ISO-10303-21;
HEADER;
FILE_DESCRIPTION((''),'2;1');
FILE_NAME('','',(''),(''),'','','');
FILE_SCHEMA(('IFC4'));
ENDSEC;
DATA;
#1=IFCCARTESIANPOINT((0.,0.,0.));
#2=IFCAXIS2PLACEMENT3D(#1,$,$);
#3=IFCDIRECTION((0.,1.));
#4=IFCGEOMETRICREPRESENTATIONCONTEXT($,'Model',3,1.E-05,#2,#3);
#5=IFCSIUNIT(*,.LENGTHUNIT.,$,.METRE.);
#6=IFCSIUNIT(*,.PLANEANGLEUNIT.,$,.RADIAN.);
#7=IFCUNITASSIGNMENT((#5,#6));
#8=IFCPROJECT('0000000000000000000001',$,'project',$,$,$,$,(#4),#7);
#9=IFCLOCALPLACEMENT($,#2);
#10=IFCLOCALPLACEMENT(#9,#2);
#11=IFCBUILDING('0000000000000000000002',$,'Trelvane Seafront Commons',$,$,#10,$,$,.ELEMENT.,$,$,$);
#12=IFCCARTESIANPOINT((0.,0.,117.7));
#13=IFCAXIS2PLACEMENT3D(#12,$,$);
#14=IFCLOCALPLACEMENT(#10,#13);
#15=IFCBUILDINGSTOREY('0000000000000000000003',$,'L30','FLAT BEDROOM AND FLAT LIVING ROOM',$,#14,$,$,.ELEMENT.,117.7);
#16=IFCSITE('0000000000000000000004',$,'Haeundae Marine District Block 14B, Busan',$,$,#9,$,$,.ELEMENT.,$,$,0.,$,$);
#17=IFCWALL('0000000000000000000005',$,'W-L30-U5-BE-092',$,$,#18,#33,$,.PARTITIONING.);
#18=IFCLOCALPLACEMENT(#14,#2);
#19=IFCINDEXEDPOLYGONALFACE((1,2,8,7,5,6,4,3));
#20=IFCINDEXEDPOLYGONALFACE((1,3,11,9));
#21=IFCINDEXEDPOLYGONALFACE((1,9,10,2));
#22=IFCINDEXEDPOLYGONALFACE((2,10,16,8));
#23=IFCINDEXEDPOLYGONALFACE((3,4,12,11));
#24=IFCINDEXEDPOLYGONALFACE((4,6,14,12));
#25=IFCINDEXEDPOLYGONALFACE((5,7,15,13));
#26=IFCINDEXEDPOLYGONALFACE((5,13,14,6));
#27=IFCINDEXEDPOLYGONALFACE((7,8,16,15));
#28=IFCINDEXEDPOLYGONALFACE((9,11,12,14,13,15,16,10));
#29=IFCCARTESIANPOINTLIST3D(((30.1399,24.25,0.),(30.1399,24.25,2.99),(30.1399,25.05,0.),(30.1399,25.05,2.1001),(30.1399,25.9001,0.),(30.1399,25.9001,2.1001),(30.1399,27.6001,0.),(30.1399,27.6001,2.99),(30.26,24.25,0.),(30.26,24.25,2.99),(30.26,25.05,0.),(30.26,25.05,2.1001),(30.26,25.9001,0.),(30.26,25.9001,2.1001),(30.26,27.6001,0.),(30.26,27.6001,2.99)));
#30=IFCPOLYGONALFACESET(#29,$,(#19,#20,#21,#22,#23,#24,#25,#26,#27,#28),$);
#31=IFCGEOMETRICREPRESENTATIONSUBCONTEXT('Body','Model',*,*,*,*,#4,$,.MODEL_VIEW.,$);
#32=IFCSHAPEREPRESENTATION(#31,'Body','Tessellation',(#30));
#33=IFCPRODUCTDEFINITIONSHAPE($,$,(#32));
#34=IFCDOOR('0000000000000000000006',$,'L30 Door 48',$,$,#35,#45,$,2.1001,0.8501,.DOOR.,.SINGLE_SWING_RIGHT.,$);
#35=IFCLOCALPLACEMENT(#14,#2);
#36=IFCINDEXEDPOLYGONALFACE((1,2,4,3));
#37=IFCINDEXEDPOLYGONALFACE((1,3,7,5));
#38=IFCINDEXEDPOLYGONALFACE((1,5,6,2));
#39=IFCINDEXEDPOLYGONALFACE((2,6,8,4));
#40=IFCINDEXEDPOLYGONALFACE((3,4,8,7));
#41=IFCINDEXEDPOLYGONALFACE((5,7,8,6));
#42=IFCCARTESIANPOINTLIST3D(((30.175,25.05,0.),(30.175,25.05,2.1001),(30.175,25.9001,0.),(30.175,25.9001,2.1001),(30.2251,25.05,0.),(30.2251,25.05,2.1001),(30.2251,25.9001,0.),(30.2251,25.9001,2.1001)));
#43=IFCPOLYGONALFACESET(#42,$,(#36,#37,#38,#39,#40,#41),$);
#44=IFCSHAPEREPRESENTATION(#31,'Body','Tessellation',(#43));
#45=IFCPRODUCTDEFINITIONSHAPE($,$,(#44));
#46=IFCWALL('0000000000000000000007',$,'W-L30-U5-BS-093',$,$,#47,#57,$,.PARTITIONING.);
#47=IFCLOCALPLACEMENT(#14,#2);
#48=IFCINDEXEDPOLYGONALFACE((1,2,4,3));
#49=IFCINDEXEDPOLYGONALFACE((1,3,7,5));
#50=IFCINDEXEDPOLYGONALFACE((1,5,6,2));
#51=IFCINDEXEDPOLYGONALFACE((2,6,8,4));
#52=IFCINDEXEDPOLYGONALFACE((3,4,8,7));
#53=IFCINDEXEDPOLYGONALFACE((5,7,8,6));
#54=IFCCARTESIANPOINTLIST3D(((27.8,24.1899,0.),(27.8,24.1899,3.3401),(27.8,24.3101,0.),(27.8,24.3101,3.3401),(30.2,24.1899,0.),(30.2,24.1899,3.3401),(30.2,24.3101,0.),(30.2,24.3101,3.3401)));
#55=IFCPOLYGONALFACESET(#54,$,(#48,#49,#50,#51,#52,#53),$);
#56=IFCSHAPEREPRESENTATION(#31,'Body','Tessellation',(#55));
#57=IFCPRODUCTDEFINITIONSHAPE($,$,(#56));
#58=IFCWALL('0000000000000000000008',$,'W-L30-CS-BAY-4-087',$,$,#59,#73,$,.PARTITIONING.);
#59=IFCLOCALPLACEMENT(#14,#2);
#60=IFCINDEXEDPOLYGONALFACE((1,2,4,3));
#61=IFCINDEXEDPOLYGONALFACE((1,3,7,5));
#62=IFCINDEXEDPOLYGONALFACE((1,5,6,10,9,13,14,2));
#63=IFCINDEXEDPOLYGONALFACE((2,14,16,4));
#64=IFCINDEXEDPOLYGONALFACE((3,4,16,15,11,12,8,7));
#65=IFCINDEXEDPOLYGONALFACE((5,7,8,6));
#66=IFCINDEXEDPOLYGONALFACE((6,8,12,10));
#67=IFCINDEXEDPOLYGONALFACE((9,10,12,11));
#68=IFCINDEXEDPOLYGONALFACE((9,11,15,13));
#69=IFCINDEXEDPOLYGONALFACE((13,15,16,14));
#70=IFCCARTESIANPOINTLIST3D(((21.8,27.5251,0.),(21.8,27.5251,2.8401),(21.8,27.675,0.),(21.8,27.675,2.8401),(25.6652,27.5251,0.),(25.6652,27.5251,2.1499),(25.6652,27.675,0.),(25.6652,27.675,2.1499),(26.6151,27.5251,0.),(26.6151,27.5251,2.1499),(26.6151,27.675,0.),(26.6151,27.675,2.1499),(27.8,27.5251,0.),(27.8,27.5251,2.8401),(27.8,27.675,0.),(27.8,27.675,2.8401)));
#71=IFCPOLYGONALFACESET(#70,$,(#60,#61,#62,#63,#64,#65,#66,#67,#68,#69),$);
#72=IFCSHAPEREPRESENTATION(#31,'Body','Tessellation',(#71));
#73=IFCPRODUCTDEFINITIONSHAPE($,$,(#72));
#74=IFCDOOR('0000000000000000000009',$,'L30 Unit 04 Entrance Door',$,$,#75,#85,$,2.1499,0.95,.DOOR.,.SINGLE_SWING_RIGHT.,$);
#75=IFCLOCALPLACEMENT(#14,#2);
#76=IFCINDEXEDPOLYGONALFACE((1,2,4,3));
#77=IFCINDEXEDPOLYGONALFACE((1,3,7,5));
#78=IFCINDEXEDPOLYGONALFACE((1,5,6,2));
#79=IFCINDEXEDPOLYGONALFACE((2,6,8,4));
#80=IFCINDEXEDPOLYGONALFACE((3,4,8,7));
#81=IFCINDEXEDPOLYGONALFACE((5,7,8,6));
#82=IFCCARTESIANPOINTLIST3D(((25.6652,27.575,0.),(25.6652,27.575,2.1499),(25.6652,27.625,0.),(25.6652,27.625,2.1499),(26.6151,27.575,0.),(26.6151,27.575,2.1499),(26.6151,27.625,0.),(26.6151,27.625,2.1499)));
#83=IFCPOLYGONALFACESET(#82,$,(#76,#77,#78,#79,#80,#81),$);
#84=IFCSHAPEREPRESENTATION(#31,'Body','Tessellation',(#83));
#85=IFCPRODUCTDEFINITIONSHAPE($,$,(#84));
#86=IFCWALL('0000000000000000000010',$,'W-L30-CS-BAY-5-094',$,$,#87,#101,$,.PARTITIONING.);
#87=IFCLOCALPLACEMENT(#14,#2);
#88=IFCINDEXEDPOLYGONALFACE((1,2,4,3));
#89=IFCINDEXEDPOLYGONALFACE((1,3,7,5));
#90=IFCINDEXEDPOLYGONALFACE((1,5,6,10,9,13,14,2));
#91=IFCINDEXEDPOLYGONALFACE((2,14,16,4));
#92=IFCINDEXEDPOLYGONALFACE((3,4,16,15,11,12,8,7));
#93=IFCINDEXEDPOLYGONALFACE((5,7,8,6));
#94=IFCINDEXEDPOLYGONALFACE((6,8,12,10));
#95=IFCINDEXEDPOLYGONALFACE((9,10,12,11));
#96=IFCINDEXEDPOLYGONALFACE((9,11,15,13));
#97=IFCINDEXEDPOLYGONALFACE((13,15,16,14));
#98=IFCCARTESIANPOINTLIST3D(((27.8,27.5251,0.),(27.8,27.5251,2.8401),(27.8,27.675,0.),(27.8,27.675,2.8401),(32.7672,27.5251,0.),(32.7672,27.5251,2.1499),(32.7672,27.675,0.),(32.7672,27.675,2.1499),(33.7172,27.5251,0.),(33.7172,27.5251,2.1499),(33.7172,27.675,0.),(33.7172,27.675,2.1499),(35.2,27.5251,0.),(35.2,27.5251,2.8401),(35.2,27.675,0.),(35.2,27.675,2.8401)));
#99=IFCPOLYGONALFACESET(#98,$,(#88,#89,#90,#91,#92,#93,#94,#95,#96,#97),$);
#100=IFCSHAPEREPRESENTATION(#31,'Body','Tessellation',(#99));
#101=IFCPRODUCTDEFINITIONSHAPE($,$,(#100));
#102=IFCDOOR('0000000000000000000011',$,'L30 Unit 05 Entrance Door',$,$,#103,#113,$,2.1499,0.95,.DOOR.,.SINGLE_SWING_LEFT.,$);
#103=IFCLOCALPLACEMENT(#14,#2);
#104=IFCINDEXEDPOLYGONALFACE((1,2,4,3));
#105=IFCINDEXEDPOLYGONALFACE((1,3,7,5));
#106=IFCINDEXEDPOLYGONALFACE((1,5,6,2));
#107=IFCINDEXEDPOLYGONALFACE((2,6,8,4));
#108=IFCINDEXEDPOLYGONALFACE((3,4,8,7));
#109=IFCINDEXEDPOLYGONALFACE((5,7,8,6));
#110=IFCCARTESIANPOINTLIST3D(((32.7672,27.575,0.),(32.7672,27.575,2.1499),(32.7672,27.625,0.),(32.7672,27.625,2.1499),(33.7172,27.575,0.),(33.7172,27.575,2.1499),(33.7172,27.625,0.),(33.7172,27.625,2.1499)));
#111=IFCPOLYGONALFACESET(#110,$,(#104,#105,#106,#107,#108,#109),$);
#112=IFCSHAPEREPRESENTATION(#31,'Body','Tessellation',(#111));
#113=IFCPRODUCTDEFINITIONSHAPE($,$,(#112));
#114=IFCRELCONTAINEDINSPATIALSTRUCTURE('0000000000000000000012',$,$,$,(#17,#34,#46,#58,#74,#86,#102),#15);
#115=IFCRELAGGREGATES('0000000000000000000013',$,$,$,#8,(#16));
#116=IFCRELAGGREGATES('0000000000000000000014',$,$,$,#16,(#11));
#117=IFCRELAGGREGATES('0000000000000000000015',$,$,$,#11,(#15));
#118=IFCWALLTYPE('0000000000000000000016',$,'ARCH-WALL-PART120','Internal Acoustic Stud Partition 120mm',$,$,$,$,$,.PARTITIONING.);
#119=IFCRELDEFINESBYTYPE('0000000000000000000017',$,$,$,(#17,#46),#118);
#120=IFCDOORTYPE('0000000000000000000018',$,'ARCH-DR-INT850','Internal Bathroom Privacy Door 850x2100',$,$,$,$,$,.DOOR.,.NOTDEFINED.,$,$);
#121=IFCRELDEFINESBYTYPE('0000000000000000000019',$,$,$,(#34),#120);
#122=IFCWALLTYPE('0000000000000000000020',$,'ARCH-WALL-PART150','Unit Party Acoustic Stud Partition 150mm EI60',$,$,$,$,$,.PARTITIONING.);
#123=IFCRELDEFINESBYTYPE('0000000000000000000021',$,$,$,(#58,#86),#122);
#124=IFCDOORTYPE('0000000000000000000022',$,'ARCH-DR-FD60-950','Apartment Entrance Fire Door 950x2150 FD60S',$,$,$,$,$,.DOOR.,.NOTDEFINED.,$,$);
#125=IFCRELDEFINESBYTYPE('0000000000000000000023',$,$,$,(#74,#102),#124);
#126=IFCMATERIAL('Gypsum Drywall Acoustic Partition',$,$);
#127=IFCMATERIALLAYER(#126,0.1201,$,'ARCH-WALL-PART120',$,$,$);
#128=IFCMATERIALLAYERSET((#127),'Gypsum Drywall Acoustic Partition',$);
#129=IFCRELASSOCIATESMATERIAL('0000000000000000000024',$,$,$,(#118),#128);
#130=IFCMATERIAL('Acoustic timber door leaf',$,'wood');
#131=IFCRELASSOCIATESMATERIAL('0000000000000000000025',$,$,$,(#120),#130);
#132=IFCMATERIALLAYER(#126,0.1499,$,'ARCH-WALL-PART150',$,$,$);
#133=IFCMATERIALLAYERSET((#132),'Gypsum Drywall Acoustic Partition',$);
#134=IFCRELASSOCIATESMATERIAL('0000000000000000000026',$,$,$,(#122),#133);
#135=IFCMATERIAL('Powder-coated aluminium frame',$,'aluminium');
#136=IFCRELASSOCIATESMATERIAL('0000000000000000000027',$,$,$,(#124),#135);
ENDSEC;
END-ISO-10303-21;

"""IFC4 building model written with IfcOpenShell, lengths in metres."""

from ifc_helpers import new_model, si_unit, direction, frame, frame_2d, origin, place, context, subcontext, project, spatial, rectangle, extrude, source, transform, mapped, material, layer, layer_set, type_object, element, fill, save


model = new_model("IFC4")

# Units and contexts
model_context = context("Model", 3, precision=1e-05, world=origin(), true_north=direction((0.0, 1.0)))
body_context = subcontext(model_context, "Body", "Model", "MODEL_VIEW")
ifc_project = project(units=[si_unit("LENGTHUNIT", "METRE"), si_unit("PLANEANGLEUNIT", "RADIAN")], contexts=[model_context])

# Site, building, storey
site_placement = place(None, origin())
site = spatial("IfcSite", under=ifc_project, at=site_placement, Name="Haeundae Marine District Block 14B, Busan", CompositionType="ELEMENT", RefElevation=0.0)
building_placement = place(site_placement, origin())
building = spatial("IfcBuilding", under=site, at=building_placement, Name="Trelvane Seafront Commons", CompositionType="ELEMENT")
storey_placement = place(building_placement, frame((0.0, 0.0, 117.7)))
storey = spatial("IfcBuildingStorey", under=building, at=storey_placement, Name="L30", Description="FLAT BEDROOM AND FLAT LIVING ROOM", CompositionType="ELEMENT", Elevation=117.7)

# Shared definitions
ifc_material_1 = material(Name="Gypsum Drywall Acoustic Partition")
ifc_layer_1 = layer(ifc_material_1, 0.1201, Name="ARCH-WALL-PART120")
ifc_layer_set_1 = layer_set([ifc_layer_1], Name="Gypsum Drywall Acoustic Partition")
wall_type_1 = type_object("IfcWallType", Name="ARCH-WALL-PART120", Description="Internal Acoustic Stud Partition 120mm", PredefinedType="PARTITIONING", material=ifc_layer_set_1)
ifc_material_2 = material(Name="Acoustic timber door leaf", Category="wood")
shared_shape_1 = source(origin(), body_context, "Body", "SweptSolid", [
    extrude(rectangle(XDim=0.95, YDim=2.1499, at=frame_2d((0.4751, 1.075))), frame((0.0, 0.0249, 0.0), z_axis=(0.0, -1.0, 0.0), x_axis=(1.0, 0.0, 0.0)), (0.0, 0.0, 1.0), 0.05),
])

# Shared definitions
door_type_1 = type_object("IfcDoorType", Name="ARCH-DR-INT850", Description="Internal Bathroom Privacy Door 850x2100", OperationType="NOTDEFINED", PredefinedType="DOOR", material=ifc_material_2)
shared_shape_2 = source(origin(), body_context, "Body", "SweptSolid", [
    extrude(rectangle(XDim=0.8501, YDim=2.1001, at=frame_2d((0.425, 1.05))), frame((0.0, 0.0249, 0.0), z_axis=(0.0, -1.0, 0.0), x_axis=(1.0, 0.0, 0.0)), (0.0, 0.0, 1.0), 0.05),
])

# Wall, opening, door
wall_1_placement = place(storey_placement, frame((30.2, 24.25, 0.0), z_axis=(0.0, 0.0, 1.0), x_axis=(0.0, 1.0, 0.0)))
wall_1 = element("IfcWall", 1, at=wall_1_placement, inside=storey, type_object=wall_type_1, Name="W-L30-U5-BE-092", PredefinedType="PARTITIONING", context=body_context, shape_type="SweptSolid", body=[
    extrude(rectangle(XDim=3.3501, YDim=0.1201, at=frame_2d((1.675, 0.0))), origin(), (0.0, 0.0, 1.0), 2.99),
])
opening_1_placement = place(wall_1_placement, frame((0.8, 0.0, 0.0)))
opening_1 = element("IfcOpeningElement", 2, at=opening_1_placement, cuts=wall_1, PredefinedType="OPENING", context=body_context, shape_type="SweptSolid", body=[
    extrude(rectangle(XDim=0.8501, YDim=2.1001, at=frame_2d((0.425, 1.05))), frame((0.0, 0.0701, 0.0), z_axis=(0.0, -1.0, 0.0), x_axis=(1.0, 0.0, 0.0)), (0.0, 0.0, 1.0), 0.1401),
])
door_1_placement = place(opening_1_placement, origin())
door_1 = element("IfcDoor", 3, at=door_1_placement, inside=storey, type_object=door_type_1, Name="L30 Door 48", OperationType="SINGLE_SWING_RIGHT", OverallHeight=2.1001, OverallWidth=0.8501, PredefinedType="DOOR", context=body_context, shape_type="MappedRepresentation", body=[
    mapped(shared_shape_2, transform((0.0, 0.0, 0.0), x_axis=(1.0, 0.0, 0.0), y_axis=(0.0, 1.0, 0.0), z_axis=(0.0, 0.0, 1.0), scale=1.0)),
])
fill(opening_1, door_1)

# Wall
wall_2_placement = place(storey_placement, frame((27.8, 24.25, 0.0), z_axis=(0.0, 0.0, 1.0), x_axis=(1.0, 0.0, 0.0)))
element("IfcWall", 4, at=wall_2_placement, inside=storey, type_object=wall_type_1, Name="W-L30-U5-BS-093", PredefinedType="PARTITIONING", context=body_context, shape_type="SweptSolid", body=[
    extrude(rectangle(XDim=2.3999, YDim=0.1201, at=frame_2d((1.2, 0.0))), origin(), (0.0, 0.0, 1.0), 3.3401),
])

# Walls, openings, doors
ifc_layer_2 = layer(ifc_material_1, 0.1499, Name="ARCH-WALL-PART150")
ifc_layer_set_2 = layer_set([ifc_layer_2], Name="Gypsum Drywall Acoustic Partition")
wall_type_2 = type_object("IfcWallType", Name="ARCH-WALL-PART150", Description="Unit Party Acoustic Stud Partition 150mm EI60", PredefinedType="PARTITIONING", material=ifc_layer_set_2)
wall_3_placement = place(storey_placement, frame((21.8, 27.6001, 0.0), z_axis=(0.0, 0.0, 1.0), x_axis=(1.0, 0.0, 0.0)))
wall_3 = element("IfcWall", 5, at=wall_3_placement, inside=storey, type_object=wall_type_2, Name="W-L30-CS-BAY-4-087", PredefinedType="PARTITIONING", context=body_context, shape_type="SweptSolid", body=[
    extrude(rectangle(XDim=6.0, YDim=0.1499, at=frame_2d((3.0, 0.0))), origin(), (0.0, 0.0, 1.0), 2.8401),
])
opening_2_placement = place(wall_3_placement, frame((3.865, 0.0, 0.0)))
opening_2 = element("IfcOpeningElement", 6, at=opening_2_placement, cuts=wall_3, PredefinedType="OPENING", context=body_context, shape_type="SweptSolid", body=[
    extrude(rectangle(XDim=0.95, YDim=2.1499, at=frame_2d((0.4751, 1.075))), frame((0.0, 0.085, 0.0), z_axis=(0.0, -1.0, 0.0), x_axis=(1.0, 0.0, 0.0)), (0.0, 0.0, 1.0), 0.1699),
])
ifc_material_3 = material(Name="Powder-coated aluminium frame", Category="aluminium")
door_type_2 = type_object("IfcDoorType", Name="ARCH-DR-FD60-950", Description="Apartment Entrance Fire Door 950x2150 FD60S", OperationType="NOTDEFINED", PredefinedType="DOOR", material=ifc_material_3)
door_2_placement = place(opening_2_placement, origin())
door_2 = element("IfcDoor", 7, at=door_2_placement, inside=storey, type_object=door_type_2, Name="L30 Unit 04 Entrance Door", OperationType="SINGLE_SWING_RIGHT", OverallHeight=2.1499, OverallWidth=0.95, PredefinedType="DOOR", context=body_context, shape_type="MappedRepresentation", body=[
    mapped(shared_shape_1, transform((0.0, 0.0, 0.0), x_axis=(1.0, 0.0, 0.0), y_axis=(0.0, 1.0, 0.0), z_axis=(0.0, 0.0, 1.0), scale=1.0)),
])
fill(opening_2, door_2)
wall_4_placement = place(storey_placement, frame((27.8, 27.6001, 0.0), z_axis=(0.0, 0.0, 1.0), x_axis=(1.0, 0.0, 0.0)))
wall_4 = element("IfcWall", 8, at=wall_4_placement, inside=storey, type_object=wall_type_2, Name="W-L30-CS-BAY-5-094", PredefinedType="PARTITIONING", context=body_context, shape_type="SweptSolid", body=[
    extrude(rectangle(XDim=7.3999, YDim=0.1499, at=frame_2d((3.7, 0.0))), origin(), (0.0, 0.0, 1.0), 2.8401),
])
opening_3_placement = place(wall_4_placement, frame((4.967, 0.0, 0.0)))
opening_3 = element("IfcOpeningElement", 9, at=opening_3_placement, cuts=wall_4, PredefinedType="OPENING", context=body_context, shape_type="SweptSolid", body=[
    extrude(rectangle(XDim=0.95, YDim=2.1499, at=frame_2d((0.4751, 1.075))), frame((0.0, 0.085, 0.0), z_axis=(0.0, -1.0, 0.0), x_axis=(1.0, 0.0, 0.0)), (0.0, 0.0, 1.0), 0.1699),
])
door_3_placement = place(opening_3_placement, origin())
door_3 = element("IfcDoor", 10, at=door_3_placement, inside=storey, type_object=door_type_2, Name="L30 Unit 05 Entrance Door", OperationType="SINGLE_SWING_LEFT", OverallHeight=2.1499, OverallWidth=0.95, PredefinedType="DOOR", context=body_context, shape_type="MappedRepresentation", body=[
    mapped(shared_shape_1, transform((0.0, 0.0, 0.0), x_axis=(1.0, 0.0, 0.0), y_axis=(0.0, 1.0, 0.0), z_axis=(0.0, 0.0, 1.0), scale=1.0)),
])
fill(opening_3, door_3)

save(model, "model.ifc")
